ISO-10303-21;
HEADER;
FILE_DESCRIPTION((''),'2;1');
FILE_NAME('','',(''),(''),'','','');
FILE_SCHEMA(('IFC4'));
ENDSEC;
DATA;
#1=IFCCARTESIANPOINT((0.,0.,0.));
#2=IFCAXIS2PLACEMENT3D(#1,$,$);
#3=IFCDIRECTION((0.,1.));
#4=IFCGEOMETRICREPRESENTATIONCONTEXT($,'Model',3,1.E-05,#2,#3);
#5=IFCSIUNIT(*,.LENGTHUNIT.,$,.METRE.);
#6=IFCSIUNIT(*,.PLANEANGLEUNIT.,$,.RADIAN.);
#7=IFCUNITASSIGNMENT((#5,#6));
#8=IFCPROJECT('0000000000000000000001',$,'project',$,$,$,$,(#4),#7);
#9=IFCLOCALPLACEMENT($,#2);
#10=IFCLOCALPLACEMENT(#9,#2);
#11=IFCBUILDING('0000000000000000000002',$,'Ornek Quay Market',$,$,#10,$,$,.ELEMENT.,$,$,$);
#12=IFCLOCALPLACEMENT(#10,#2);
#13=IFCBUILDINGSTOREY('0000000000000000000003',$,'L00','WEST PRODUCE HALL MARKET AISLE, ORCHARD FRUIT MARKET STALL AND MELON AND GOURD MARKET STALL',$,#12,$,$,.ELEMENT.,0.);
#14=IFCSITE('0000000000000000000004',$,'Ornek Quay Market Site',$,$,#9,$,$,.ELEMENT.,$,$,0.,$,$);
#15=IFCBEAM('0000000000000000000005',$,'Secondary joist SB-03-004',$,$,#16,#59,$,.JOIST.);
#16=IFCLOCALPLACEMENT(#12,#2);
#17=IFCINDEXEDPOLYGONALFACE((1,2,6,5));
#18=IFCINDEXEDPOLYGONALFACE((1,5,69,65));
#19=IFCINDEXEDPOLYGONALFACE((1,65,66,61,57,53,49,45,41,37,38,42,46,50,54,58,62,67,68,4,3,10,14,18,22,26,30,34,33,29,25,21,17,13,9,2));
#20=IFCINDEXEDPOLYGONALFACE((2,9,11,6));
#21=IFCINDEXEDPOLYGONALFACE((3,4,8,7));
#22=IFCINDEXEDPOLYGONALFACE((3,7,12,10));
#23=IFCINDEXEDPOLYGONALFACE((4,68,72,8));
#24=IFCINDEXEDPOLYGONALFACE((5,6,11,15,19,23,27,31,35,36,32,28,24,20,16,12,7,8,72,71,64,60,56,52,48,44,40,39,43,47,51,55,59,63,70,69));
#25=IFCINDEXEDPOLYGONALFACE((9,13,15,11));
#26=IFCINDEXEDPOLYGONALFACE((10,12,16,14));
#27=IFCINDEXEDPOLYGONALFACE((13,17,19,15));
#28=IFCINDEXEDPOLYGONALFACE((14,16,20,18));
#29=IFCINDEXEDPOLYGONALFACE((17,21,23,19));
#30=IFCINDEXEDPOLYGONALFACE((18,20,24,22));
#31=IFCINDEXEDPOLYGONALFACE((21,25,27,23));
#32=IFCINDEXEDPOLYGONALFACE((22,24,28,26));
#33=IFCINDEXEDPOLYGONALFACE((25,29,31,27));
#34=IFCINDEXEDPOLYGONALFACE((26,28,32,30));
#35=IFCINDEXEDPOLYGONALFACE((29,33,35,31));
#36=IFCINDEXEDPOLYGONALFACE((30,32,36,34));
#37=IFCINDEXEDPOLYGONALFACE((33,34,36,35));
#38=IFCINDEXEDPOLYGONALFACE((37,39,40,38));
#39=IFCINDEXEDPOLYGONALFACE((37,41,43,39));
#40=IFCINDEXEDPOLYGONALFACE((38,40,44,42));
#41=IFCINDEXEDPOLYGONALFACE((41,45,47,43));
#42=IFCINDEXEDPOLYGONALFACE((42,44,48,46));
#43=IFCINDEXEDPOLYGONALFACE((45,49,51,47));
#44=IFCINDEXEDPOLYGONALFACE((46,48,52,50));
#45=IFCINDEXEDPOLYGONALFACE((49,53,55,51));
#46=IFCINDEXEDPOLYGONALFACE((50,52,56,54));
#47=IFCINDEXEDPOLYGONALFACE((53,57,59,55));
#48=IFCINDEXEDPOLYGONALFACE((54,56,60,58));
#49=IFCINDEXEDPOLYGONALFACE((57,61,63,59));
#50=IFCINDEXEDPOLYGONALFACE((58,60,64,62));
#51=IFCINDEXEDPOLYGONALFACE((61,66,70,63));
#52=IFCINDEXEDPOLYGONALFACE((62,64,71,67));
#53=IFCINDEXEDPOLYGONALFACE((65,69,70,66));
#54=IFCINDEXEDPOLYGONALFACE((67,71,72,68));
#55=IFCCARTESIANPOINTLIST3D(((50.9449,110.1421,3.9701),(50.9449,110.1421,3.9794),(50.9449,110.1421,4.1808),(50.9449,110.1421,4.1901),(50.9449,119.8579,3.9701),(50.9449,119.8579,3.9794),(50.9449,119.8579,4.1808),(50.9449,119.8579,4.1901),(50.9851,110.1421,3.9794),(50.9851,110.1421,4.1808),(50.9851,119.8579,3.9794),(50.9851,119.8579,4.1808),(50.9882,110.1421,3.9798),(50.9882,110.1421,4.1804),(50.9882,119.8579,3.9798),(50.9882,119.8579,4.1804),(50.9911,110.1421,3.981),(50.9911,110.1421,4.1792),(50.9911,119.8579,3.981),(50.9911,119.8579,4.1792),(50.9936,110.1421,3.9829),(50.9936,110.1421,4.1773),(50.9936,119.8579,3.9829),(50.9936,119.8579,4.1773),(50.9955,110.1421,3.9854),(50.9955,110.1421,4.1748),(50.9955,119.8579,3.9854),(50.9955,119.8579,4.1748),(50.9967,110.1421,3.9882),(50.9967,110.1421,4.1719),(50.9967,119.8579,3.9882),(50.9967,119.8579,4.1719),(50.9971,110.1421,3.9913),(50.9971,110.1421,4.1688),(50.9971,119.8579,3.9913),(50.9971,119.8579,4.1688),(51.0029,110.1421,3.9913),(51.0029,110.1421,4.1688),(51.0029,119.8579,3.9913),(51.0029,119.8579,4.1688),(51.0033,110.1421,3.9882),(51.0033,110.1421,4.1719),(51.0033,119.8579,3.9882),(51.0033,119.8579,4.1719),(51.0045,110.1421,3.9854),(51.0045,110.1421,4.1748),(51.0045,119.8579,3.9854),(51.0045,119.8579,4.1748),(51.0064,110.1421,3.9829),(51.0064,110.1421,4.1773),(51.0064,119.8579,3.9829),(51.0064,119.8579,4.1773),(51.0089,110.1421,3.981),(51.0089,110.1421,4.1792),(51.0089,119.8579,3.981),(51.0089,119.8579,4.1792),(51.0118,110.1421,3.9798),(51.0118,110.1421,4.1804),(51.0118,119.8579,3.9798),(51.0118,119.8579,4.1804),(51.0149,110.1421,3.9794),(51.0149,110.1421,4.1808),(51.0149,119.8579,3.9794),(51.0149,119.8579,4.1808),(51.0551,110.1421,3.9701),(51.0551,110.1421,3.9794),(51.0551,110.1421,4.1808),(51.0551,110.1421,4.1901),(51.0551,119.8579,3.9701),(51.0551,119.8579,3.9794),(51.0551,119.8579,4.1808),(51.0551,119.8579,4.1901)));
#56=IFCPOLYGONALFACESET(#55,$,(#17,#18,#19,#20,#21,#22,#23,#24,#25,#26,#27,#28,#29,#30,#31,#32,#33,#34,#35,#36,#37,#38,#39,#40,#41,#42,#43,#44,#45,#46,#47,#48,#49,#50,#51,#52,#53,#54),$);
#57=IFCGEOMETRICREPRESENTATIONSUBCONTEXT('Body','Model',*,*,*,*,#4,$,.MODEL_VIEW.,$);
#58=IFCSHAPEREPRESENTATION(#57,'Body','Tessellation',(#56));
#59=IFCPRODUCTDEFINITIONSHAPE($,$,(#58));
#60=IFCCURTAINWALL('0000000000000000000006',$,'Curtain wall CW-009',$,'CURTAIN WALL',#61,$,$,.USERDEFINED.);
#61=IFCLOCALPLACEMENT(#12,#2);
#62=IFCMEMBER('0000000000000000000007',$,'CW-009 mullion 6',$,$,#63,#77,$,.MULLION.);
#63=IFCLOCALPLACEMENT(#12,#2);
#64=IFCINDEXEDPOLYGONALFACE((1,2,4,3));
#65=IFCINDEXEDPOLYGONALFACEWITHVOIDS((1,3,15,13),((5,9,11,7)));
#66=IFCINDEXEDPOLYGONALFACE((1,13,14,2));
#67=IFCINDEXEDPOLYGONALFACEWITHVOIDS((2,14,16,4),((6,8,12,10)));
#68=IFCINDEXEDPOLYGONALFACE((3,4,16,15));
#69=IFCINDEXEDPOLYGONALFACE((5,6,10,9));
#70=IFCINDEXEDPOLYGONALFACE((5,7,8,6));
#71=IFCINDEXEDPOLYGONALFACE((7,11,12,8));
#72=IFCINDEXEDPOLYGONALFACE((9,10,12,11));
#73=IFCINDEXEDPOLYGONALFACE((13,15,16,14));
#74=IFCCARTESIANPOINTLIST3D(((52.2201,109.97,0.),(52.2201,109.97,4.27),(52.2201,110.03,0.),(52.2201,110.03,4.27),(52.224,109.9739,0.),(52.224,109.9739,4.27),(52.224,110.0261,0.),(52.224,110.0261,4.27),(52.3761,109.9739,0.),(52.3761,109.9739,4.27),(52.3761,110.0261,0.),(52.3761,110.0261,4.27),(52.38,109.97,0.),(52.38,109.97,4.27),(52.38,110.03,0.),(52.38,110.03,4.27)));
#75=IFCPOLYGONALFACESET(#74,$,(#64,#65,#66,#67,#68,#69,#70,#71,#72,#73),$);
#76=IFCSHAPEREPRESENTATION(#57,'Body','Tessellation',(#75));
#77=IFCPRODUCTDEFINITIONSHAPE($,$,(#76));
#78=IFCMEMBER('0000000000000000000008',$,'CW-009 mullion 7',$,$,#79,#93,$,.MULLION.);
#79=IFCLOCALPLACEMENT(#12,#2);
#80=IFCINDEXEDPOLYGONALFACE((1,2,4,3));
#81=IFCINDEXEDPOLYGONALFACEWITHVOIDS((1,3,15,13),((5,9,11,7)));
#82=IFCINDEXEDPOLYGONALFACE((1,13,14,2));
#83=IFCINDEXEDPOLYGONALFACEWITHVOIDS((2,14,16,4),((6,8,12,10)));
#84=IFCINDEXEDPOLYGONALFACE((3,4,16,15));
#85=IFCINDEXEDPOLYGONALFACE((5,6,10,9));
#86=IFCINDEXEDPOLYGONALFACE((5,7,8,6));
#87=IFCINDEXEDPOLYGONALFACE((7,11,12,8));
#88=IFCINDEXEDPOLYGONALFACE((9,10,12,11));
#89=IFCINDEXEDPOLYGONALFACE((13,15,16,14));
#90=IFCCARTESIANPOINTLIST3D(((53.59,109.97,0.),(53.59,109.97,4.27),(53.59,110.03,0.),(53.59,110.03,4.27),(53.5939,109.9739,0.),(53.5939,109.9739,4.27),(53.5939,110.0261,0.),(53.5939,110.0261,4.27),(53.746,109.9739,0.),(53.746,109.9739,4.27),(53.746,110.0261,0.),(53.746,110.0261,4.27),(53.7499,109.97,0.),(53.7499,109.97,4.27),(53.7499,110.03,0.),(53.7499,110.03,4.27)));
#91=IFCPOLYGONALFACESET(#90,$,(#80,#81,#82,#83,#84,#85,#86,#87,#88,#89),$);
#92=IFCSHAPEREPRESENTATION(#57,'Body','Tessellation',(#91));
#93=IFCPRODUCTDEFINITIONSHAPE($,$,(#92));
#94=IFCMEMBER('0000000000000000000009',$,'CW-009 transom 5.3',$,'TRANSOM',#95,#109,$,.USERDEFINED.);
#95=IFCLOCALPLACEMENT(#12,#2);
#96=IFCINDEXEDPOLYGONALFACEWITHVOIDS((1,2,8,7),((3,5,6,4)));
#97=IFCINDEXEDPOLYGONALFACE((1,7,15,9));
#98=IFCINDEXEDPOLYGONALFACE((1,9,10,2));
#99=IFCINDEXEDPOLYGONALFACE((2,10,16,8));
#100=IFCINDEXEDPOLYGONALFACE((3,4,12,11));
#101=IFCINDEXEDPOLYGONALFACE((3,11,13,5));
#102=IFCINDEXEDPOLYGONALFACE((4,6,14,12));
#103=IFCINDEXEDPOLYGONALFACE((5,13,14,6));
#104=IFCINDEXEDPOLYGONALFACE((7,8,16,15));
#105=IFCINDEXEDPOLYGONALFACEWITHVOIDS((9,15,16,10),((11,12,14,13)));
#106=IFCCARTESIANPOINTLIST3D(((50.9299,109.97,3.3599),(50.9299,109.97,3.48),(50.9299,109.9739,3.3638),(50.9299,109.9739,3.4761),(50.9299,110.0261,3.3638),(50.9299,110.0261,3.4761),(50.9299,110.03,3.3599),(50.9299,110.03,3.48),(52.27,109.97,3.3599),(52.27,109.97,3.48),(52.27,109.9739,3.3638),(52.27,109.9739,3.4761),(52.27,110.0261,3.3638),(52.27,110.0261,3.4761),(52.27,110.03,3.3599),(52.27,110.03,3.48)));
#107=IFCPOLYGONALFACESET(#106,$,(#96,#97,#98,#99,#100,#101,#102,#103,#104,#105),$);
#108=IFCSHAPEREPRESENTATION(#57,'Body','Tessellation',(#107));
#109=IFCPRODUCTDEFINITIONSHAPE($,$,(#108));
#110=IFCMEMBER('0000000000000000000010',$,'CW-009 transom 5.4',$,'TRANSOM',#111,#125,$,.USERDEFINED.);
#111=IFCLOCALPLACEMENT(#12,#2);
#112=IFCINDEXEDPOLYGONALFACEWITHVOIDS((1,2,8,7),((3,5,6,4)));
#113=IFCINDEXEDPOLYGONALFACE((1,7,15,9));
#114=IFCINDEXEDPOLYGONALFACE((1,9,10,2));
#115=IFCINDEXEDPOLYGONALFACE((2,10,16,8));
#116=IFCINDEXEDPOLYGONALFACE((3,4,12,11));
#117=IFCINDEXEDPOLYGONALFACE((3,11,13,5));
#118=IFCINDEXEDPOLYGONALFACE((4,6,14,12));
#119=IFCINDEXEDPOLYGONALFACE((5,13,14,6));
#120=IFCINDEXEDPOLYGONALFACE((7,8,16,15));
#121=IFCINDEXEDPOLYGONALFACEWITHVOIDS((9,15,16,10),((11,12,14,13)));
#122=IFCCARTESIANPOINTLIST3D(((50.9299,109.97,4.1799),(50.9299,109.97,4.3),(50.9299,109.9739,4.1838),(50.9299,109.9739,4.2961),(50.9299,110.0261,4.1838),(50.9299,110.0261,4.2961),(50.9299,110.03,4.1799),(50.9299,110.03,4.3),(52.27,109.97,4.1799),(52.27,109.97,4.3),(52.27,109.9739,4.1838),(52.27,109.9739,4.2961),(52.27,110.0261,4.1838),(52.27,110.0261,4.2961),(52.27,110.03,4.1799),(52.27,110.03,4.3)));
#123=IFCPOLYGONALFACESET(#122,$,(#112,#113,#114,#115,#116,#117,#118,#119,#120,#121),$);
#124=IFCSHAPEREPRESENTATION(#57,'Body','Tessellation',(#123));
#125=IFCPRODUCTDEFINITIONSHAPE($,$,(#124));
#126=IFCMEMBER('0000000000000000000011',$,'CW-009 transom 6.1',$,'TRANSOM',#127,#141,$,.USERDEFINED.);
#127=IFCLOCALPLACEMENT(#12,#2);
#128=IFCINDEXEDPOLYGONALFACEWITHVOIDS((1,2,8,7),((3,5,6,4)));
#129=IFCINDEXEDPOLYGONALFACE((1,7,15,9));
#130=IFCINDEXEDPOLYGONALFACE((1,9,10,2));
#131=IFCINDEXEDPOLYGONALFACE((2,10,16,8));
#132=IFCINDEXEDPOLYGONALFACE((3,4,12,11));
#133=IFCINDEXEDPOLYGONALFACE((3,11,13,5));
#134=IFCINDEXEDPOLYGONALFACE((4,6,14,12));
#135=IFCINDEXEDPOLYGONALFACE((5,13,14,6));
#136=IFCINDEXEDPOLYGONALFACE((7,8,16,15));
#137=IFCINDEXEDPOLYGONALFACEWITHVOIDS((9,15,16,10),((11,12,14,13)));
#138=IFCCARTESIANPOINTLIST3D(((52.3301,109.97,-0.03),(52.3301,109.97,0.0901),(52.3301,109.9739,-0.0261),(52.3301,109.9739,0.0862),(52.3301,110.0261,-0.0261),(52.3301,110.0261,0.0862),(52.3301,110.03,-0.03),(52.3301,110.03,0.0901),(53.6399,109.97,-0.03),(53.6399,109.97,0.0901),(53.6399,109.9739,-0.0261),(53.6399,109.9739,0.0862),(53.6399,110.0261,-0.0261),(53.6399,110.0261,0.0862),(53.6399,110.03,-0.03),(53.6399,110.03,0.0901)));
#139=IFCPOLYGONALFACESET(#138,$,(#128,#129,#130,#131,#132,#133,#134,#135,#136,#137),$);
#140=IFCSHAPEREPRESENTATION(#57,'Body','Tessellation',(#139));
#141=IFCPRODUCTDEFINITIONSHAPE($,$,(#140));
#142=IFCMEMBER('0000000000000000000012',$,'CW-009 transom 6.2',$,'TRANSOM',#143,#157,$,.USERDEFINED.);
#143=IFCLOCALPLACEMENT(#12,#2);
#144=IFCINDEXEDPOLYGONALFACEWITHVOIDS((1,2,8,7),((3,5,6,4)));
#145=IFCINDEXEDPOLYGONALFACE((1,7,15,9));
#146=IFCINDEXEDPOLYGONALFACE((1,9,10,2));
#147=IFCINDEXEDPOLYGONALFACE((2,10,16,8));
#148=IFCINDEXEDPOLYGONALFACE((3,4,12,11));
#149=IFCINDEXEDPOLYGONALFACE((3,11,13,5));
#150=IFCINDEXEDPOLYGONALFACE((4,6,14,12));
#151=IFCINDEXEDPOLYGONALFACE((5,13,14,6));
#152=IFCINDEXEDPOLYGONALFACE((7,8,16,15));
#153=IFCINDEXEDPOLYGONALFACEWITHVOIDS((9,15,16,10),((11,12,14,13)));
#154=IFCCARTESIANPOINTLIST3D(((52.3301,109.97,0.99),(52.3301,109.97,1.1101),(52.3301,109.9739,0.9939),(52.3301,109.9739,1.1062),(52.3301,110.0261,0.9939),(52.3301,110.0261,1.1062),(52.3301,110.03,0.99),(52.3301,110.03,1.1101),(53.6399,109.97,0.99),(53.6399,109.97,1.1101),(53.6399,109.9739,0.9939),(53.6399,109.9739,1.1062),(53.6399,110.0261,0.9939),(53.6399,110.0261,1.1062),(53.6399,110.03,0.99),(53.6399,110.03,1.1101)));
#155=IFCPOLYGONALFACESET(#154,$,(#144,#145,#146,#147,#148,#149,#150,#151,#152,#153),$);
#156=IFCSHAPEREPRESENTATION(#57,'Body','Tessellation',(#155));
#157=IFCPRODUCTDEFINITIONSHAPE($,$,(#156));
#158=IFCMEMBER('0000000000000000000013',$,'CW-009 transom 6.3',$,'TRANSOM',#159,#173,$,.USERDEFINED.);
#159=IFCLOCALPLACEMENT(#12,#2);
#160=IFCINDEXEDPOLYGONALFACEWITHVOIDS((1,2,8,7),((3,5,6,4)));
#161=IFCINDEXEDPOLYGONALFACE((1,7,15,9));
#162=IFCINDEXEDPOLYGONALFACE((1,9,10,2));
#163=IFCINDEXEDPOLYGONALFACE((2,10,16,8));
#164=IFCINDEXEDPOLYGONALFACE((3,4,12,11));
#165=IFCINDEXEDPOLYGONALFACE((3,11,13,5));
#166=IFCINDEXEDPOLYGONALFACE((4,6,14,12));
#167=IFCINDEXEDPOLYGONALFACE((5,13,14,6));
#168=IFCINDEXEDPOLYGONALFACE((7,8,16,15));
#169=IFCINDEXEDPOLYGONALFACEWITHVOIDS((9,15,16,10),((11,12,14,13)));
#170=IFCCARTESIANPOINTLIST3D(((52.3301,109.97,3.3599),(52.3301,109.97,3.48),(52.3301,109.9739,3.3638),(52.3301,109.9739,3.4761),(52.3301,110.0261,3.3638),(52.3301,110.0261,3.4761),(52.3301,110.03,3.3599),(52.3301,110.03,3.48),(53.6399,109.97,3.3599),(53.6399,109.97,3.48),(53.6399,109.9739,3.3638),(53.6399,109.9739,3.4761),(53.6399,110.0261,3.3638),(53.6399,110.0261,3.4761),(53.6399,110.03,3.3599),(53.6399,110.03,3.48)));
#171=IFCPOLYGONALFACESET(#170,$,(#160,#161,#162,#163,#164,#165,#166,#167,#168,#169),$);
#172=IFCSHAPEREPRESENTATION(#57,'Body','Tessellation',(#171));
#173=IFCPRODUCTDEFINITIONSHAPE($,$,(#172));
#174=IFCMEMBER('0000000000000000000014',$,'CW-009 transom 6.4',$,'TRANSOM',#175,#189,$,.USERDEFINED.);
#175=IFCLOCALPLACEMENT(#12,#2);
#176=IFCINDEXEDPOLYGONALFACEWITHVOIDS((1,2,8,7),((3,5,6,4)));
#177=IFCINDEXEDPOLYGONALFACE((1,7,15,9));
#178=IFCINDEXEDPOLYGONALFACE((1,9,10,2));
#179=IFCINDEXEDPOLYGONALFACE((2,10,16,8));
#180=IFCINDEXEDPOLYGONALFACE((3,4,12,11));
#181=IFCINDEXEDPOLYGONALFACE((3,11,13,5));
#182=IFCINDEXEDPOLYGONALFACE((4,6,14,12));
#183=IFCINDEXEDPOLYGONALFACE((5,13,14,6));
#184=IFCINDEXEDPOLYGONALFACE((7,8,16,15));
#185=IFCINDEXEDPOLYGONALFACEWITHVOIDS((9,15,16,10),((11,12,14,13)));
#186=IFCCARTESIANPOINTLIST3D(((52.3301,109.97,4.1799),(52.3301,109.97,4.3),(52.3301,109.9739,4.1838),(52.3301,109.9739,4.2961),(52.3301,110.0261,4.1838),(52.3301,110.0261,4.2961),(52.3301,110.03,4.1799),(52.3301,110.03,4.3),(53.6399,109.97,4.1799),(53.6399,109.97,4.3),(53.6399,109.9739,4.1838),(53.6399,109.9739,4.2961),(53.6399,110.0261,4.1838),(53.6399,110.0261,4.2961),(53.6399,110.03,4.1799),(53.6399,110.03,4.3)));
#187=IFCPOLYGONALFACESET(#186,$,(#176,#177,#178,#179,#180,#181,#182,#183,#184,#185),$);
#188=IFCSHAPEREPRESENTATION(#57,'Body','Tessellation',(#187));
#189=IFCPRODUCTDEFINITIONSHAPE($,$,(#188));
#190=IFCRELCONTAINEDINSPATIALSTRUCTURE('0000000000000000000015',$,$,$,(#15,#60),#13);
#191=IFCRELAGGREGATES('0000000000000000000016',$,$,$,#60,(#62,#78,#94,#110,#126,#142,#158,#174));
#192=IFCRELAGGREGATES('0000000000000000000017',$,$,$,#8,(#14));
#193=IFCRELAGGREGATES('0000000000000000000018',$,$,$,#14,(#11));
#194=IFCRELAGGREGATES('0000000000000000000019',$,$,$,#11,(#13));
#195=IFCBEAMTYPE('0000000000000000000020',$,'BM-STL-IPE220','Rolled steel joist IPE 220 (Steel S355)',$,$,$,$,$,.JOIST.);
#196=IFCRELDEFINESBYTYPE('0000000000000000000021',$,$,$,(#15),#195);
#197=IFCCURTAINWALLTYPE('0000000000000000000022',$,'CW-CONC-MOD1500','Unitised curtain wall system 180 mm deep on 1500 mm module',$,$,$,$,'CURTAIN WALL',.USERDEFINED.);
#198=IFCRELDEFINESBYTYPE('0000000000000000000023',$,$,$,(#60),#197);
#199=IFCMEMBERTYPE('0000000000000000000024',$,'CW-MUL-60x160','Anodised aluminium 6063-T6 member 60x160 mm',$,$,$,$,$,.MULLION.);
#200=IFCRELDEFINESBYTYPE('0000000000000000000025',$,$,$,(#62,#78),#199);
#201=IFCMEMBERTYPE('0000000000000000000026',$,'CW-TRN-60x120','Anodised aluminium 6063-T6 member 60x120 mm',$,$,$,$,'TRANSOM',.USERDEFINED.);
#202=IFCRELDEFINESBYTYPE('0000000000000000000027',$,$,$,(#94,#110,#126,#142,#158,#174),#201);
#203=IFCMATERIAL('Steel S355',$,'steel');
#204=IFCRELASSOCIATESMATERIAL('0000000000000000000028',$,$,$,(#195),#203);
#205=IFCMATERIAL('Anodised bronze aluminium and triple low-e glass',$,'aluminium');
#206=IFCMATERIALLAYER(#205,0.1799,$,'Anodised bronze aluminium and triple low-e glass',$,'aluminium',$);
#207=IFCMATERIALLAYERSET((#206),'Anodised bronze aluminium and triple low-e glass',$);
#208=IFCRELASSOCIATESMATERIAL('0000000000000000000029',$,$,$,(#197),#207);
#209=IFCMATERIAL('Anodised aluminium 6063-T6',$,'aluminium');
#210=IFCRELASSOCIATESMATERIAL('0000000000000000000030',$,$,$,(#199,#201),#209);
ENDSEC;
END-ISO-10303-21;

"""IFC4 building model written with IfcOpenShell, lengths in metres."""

from ifc_helpers import new_model, si_unit, direction, frame, origin, origin_2d, place, context, subcontext, project, spatial, hollow_rectangle, i_section, extrude, material, layer, layer_set, material_profile, profile_set, type_object, element, aggregate, save


model = new_model("IFC4")

# Units and contexts
model_context = context("Model", 3, precision=1e-05, world=origin(), true_north=direction((0.0, 1.0)))
body_context = subcontext(model_context, "Body", "Model", "MODEL_VIEW")
ifc_project = project(units=[si_unit("LENGTHUNIT", "METRE"), si_unit("PLANEANGLEUNIT", "RADIAN")], contexts=[model_context])

# Site, building, storey
site_placement = place(None, origin())
site = spatial("IfcSite", under=ifc_project, at=site_placement, Name="Ornek Quay Market Site", CompositionType="ELEMENT", RefElevation=0.0)
building_placement = place(site_placement, origin())
building = spatial("IfcBuilding", under=site, at=building_placement, Name="Ornek Quay Market", CompositionType="ELEMENT")
storey_placement = place(building_placement, origin())
storey = spatial("IfcBuildingStorey", under=building, at=storey_placement, Name="L00", Description="WEST PRODUCE HALL MARKET AISLE, ORCHARD FRUIT MARKET STALL AND MELON AND GOURD MARKET STALL", CompositionType="ELEMENT", Elevation=0.0)

# Beam
ifc_material_1 = material(Name="Steel S355", Category="steel")
ifc_material_profile_1 = material_profile(ifc_material_1, i_section(OverallWidth=0.1101, OverallDepth=0.22, WebThickness=0.0059, FlangeThickness=0.0093, FilletRadius=0.012, at=origin_2d()), Name="IPE 220", Category="steel")
ifc_profile_set_1 = profile_set([ifc_material_profile_1], Name="Steel S355")
beam_type_1 = type_object("IfcBeamType", Name="BM-STL-IPE220", Description="Rolled steel joist IPE 220 (Steel S355)", PredefinedType="JOIST", material=ifc_profile_set_1)
for number, where, z_axis, x_axis, name in (
    (1, (51.0, 110.1421, 4.0801), (0.0, 1.0, 0.0), (-1.0, 0.0, 0.0), "Secondary joist SB-03-004"),
):
    element("IfcBeam", number, at=place(storey_placement, frame(where, z_axis=z_axis, x_axis=x_axis)), inside=storey, type_object=beam_type_1, Name=name, PredefinedType="JOIST", context=body_context, shape_type="SweptSolid", body=[
        extrude(i_section(OverallWidth=0.1101, OverallDepth=0.22, WebThickness=0.0059, FlangeThickness=0.0093, FilletRadius=0.012, at=origin_2d()), origin(), (0.0, 0.0, 1.0), 9.7158),
    ])

# Curtain wall, members
ifc_material_2 = material(Name="Anodised bronze aluminium and triple low-e glass", Category="aluminium")
ifc_layer_1 = layer(ifc_material_2, 0.1799, Name="Anodised bronze aluminium and triple low-e glass", Category="aluminium")
ifc_layer_set_1 = layer_set([ifc_layer_1], Name="Anodised bronze aluminium and triple low-e glass")
curtain_wall_type = type_object("IfcCurtainWallType", Name="CW-CONC-MOD1500", Description="Unitised curtain wall system 180 mm deep on 1500 mm module", ElementType="CURTAIN WALL", PredefinedType="USERDEFINED", material=ifc_layer_set_1)
curtain_wall_placement = place(storey_placement, origin())
curtain_wall = element("IfcCurtainWall", 2, at=curtain_wall_placement, inside=storey, type_object=curtain_wall_type, Name="Curtain wall CW-009", ObjectType="CURTAIN WALL", PredefinedType="USERDEFINED")
ifc_material_3 = material(Name="Anodised aluminium 6063-T6", Category="aluminium")
ifc_material_profile_2 = material_profile(ifc_material_3, hollow_rectangle(XDim=0.0601, YDim=0.1599, WallThickness=0.0039, at=origin_2d()), Name="CW-MUL-60x160", Category="aluminium")
ifc_profile_set_2 = profile_set([ifc_material_profile_2], Name="Anodised aluminium 6063-T6")
member_type_1 = type_object("IfcMemberType", Name="CW-MUL-60x160", Description="Anodised aluminium 6063-T6 member 60x160 mm", PredefinedType="MULLION", material=ifc_profile_set_2)
member_1_placement = place(storey_placement, frame((52.3, 110.0, 0.0), z_axis=(0.0, 0.0, 1.0), x_axis=(0.0, 1.0, 0.0)))
member_1 = element("IfcMember", 3, at=member_1_placement, type_object=member_type_1, Name="CW-009 mullion 6", PredefinedType="MULLION", context=body_context, shape_type="SweptSolid", body=[
    extrude(hollow_rectangle(XDim=0.0601, YDim=0.1599, WallThickness=0.0039, at=origin_2d()), origin(), (0.0, 0.0, 1.0), 4.27),
])
member_2_placement = place(storey_placement, frame((53.6699, 110.0, 0.0), z_axis=(0.0, 0.0, 1.0), x_axis=(0.0, 1.0, 0.0)))
member_2 = element("IfcMember", 4, at=member_2_placement, type_object=member_type_1, Name="CW-009 mullion 7", PredefinedType="MULLION", context=body_context, shape_type="SweptSolid", body=[
    extrude(hollow_rectangle(XDim=0.0601, YDim=0.1599, WallThickness=0.0039, at=origin_2d()), origin(), (0.0, 0.0, 1.0), 4.27),
])
ifc_material_profile_3 = material_profile(ifc_material_3, hollow_rectangle(XDim=0.0601, YDim=0.1201, WallThickness=0.0039, at=origin_2d()), Name="CW-TRN-60x120", Category="aluminium")
ifc_profile_set_3 = profile_set([ifc_material_profile_3], Name="Anodised aluminium 6063-T6")
member_type_2 = type_object("IfcMemberType", Name="CW-TRN-60x120", Description="Anodised aluminium 6063-T6 member 60x120 mm", ElementType="TRANSOM", PredefinedType="USERDEFINED", material=ifc_profile_set_3)
member_3_placement = place(storey_placement, frame((50.9299, 110.0, 3.4199), z_axis=(1.0, 0.0, 0.0), x_axis=(0.0, 1.0, 0.0)))
member_3 = element("IfcMember", 5, at=member_3_placement, type_object=member_type_2, Name="CW-009 transom 5.3", ObjectType="TRANSOM", PredefinedType="USERDEFINED", context=body_context, shape_type="SweptSolid", body=[
    extrude(hollow_rectangle(XDim=0.0601, YDim=0.1201, WallThickness=0.0039, at=origin_2d()), origin(), (0.0, 0.0, 1.0), 1.3401),
])
member_4_placement = place(storey_placement, frame((50.9299, 110.0, 4.24), z_axis=(1.0, 0.0, 0.0), x_axis=(0.0, 1.0, 0.0)))
member_4 = element("IfcMember", 6, at=member_4_placement, type_object=member_type_2, Name="CW-009 transom 5.4", ObjectType="TRANSOM", PredefinedType="USERDEFINED", context=body_context, shape_type="SweptSolid", body=[
    extrude(hollow_rectangle(XDim=0.0601, YDim=0.1201, WallThickness=0.0039, at=origin_2d()), origin(), (0.0, 0.0, 1.0), 1.3401),
])
member_5_placement = place(storey_placement, frame((52.3301, 110.0, 0.03), z_axis=(1.0, 0.0, 0.0), x_axis=(0.0, 1.0, 0.0)))
member_5 = element("IfcMember", 7, at=member_5_placement, type_object=member_type_2, Name="CW-009 transom 6.1", ObjectType="TRANSOM", PredefinedType="USERDEFINED", context=body_context, shape_type="SweptSolid", body=[
    extrude(hollow_rectangle(XDim=0.0601, YDim=0.1201, WallThickness=0.0039, at=origin_2d()), origin(), (0.0, 0.0, 1.0), 1.3098),
])
member_6_placement = place(storey_placement, frame((52.3301, 110.0, 1.05), z_axis=(1.0, 0.0, 0.0), x_axis=(0.0, 1.0, 0.0)))
member_6 = element("IfcMember", 8, at=member_6_placement, type_object=member_type_2, Name="CW-009 transom 6.2", ObjectType="TRANSOM", PredefinedType="USERDEFINED", context=body_context, shape_type="SweptSolid", body=[
    extrude(hollow_rectangle(XDim=0.0601, YDim=0.1201, WallThickness=0.0039, at=origin_2d()), origin(), (0.0, 0.0, 1.0), 1.3098),
])
member_7_placement = place(storey_placement, frame((52.3301, 110.0, 3.4199), z_axis=(1.0, 0.0, 0.0), x_axis=(0.0, 1.0, 0.0)))
member_7 = element("IfcMember", 9, at=member_7_placement, type_object=member_type_2, Name="CW-009 transom 6.3", ObjectType="TRANSOM", PredefinedType="USERDEFINED", context=body_context, shape_type="SweptSolid", body=[
    extrude(hollow_rectangle(XDim=0.0601, YDim=0.1201, WallThickness=0.0039, at=origin_2d()), origin(), (0.0, 0.0, 1.0), 1.3098),
])
member_8_placement = place(storey_placement, frame((52.3301, 110.0, 4.24), z_axis=(1.0, 0.0, 0.0), x_axis=(0.0, 1.0, 0.0)))
member_8 = element("IfcMember", 10, at=member_8_placement, type_object=member_type_2, Name="CW-009 transom 6.4", ObjectType="TRANSOM", PredefinedType="USERDEFINED", context=body_context, shape_type="SweptSolid", body=[
    extrude(hollow_rectangle(XDim=0.0601, YDim=0.1201, WallThickness=0.0039, at=origin_2d()), origin(), (0.0, 0.0, 1.0), 1.3098),
])
aggregate(curtain_wall, [member_1, member_2, member_3, member_4, member_5, member_6, member_7, member_8])

save(model, "model.ifc")
